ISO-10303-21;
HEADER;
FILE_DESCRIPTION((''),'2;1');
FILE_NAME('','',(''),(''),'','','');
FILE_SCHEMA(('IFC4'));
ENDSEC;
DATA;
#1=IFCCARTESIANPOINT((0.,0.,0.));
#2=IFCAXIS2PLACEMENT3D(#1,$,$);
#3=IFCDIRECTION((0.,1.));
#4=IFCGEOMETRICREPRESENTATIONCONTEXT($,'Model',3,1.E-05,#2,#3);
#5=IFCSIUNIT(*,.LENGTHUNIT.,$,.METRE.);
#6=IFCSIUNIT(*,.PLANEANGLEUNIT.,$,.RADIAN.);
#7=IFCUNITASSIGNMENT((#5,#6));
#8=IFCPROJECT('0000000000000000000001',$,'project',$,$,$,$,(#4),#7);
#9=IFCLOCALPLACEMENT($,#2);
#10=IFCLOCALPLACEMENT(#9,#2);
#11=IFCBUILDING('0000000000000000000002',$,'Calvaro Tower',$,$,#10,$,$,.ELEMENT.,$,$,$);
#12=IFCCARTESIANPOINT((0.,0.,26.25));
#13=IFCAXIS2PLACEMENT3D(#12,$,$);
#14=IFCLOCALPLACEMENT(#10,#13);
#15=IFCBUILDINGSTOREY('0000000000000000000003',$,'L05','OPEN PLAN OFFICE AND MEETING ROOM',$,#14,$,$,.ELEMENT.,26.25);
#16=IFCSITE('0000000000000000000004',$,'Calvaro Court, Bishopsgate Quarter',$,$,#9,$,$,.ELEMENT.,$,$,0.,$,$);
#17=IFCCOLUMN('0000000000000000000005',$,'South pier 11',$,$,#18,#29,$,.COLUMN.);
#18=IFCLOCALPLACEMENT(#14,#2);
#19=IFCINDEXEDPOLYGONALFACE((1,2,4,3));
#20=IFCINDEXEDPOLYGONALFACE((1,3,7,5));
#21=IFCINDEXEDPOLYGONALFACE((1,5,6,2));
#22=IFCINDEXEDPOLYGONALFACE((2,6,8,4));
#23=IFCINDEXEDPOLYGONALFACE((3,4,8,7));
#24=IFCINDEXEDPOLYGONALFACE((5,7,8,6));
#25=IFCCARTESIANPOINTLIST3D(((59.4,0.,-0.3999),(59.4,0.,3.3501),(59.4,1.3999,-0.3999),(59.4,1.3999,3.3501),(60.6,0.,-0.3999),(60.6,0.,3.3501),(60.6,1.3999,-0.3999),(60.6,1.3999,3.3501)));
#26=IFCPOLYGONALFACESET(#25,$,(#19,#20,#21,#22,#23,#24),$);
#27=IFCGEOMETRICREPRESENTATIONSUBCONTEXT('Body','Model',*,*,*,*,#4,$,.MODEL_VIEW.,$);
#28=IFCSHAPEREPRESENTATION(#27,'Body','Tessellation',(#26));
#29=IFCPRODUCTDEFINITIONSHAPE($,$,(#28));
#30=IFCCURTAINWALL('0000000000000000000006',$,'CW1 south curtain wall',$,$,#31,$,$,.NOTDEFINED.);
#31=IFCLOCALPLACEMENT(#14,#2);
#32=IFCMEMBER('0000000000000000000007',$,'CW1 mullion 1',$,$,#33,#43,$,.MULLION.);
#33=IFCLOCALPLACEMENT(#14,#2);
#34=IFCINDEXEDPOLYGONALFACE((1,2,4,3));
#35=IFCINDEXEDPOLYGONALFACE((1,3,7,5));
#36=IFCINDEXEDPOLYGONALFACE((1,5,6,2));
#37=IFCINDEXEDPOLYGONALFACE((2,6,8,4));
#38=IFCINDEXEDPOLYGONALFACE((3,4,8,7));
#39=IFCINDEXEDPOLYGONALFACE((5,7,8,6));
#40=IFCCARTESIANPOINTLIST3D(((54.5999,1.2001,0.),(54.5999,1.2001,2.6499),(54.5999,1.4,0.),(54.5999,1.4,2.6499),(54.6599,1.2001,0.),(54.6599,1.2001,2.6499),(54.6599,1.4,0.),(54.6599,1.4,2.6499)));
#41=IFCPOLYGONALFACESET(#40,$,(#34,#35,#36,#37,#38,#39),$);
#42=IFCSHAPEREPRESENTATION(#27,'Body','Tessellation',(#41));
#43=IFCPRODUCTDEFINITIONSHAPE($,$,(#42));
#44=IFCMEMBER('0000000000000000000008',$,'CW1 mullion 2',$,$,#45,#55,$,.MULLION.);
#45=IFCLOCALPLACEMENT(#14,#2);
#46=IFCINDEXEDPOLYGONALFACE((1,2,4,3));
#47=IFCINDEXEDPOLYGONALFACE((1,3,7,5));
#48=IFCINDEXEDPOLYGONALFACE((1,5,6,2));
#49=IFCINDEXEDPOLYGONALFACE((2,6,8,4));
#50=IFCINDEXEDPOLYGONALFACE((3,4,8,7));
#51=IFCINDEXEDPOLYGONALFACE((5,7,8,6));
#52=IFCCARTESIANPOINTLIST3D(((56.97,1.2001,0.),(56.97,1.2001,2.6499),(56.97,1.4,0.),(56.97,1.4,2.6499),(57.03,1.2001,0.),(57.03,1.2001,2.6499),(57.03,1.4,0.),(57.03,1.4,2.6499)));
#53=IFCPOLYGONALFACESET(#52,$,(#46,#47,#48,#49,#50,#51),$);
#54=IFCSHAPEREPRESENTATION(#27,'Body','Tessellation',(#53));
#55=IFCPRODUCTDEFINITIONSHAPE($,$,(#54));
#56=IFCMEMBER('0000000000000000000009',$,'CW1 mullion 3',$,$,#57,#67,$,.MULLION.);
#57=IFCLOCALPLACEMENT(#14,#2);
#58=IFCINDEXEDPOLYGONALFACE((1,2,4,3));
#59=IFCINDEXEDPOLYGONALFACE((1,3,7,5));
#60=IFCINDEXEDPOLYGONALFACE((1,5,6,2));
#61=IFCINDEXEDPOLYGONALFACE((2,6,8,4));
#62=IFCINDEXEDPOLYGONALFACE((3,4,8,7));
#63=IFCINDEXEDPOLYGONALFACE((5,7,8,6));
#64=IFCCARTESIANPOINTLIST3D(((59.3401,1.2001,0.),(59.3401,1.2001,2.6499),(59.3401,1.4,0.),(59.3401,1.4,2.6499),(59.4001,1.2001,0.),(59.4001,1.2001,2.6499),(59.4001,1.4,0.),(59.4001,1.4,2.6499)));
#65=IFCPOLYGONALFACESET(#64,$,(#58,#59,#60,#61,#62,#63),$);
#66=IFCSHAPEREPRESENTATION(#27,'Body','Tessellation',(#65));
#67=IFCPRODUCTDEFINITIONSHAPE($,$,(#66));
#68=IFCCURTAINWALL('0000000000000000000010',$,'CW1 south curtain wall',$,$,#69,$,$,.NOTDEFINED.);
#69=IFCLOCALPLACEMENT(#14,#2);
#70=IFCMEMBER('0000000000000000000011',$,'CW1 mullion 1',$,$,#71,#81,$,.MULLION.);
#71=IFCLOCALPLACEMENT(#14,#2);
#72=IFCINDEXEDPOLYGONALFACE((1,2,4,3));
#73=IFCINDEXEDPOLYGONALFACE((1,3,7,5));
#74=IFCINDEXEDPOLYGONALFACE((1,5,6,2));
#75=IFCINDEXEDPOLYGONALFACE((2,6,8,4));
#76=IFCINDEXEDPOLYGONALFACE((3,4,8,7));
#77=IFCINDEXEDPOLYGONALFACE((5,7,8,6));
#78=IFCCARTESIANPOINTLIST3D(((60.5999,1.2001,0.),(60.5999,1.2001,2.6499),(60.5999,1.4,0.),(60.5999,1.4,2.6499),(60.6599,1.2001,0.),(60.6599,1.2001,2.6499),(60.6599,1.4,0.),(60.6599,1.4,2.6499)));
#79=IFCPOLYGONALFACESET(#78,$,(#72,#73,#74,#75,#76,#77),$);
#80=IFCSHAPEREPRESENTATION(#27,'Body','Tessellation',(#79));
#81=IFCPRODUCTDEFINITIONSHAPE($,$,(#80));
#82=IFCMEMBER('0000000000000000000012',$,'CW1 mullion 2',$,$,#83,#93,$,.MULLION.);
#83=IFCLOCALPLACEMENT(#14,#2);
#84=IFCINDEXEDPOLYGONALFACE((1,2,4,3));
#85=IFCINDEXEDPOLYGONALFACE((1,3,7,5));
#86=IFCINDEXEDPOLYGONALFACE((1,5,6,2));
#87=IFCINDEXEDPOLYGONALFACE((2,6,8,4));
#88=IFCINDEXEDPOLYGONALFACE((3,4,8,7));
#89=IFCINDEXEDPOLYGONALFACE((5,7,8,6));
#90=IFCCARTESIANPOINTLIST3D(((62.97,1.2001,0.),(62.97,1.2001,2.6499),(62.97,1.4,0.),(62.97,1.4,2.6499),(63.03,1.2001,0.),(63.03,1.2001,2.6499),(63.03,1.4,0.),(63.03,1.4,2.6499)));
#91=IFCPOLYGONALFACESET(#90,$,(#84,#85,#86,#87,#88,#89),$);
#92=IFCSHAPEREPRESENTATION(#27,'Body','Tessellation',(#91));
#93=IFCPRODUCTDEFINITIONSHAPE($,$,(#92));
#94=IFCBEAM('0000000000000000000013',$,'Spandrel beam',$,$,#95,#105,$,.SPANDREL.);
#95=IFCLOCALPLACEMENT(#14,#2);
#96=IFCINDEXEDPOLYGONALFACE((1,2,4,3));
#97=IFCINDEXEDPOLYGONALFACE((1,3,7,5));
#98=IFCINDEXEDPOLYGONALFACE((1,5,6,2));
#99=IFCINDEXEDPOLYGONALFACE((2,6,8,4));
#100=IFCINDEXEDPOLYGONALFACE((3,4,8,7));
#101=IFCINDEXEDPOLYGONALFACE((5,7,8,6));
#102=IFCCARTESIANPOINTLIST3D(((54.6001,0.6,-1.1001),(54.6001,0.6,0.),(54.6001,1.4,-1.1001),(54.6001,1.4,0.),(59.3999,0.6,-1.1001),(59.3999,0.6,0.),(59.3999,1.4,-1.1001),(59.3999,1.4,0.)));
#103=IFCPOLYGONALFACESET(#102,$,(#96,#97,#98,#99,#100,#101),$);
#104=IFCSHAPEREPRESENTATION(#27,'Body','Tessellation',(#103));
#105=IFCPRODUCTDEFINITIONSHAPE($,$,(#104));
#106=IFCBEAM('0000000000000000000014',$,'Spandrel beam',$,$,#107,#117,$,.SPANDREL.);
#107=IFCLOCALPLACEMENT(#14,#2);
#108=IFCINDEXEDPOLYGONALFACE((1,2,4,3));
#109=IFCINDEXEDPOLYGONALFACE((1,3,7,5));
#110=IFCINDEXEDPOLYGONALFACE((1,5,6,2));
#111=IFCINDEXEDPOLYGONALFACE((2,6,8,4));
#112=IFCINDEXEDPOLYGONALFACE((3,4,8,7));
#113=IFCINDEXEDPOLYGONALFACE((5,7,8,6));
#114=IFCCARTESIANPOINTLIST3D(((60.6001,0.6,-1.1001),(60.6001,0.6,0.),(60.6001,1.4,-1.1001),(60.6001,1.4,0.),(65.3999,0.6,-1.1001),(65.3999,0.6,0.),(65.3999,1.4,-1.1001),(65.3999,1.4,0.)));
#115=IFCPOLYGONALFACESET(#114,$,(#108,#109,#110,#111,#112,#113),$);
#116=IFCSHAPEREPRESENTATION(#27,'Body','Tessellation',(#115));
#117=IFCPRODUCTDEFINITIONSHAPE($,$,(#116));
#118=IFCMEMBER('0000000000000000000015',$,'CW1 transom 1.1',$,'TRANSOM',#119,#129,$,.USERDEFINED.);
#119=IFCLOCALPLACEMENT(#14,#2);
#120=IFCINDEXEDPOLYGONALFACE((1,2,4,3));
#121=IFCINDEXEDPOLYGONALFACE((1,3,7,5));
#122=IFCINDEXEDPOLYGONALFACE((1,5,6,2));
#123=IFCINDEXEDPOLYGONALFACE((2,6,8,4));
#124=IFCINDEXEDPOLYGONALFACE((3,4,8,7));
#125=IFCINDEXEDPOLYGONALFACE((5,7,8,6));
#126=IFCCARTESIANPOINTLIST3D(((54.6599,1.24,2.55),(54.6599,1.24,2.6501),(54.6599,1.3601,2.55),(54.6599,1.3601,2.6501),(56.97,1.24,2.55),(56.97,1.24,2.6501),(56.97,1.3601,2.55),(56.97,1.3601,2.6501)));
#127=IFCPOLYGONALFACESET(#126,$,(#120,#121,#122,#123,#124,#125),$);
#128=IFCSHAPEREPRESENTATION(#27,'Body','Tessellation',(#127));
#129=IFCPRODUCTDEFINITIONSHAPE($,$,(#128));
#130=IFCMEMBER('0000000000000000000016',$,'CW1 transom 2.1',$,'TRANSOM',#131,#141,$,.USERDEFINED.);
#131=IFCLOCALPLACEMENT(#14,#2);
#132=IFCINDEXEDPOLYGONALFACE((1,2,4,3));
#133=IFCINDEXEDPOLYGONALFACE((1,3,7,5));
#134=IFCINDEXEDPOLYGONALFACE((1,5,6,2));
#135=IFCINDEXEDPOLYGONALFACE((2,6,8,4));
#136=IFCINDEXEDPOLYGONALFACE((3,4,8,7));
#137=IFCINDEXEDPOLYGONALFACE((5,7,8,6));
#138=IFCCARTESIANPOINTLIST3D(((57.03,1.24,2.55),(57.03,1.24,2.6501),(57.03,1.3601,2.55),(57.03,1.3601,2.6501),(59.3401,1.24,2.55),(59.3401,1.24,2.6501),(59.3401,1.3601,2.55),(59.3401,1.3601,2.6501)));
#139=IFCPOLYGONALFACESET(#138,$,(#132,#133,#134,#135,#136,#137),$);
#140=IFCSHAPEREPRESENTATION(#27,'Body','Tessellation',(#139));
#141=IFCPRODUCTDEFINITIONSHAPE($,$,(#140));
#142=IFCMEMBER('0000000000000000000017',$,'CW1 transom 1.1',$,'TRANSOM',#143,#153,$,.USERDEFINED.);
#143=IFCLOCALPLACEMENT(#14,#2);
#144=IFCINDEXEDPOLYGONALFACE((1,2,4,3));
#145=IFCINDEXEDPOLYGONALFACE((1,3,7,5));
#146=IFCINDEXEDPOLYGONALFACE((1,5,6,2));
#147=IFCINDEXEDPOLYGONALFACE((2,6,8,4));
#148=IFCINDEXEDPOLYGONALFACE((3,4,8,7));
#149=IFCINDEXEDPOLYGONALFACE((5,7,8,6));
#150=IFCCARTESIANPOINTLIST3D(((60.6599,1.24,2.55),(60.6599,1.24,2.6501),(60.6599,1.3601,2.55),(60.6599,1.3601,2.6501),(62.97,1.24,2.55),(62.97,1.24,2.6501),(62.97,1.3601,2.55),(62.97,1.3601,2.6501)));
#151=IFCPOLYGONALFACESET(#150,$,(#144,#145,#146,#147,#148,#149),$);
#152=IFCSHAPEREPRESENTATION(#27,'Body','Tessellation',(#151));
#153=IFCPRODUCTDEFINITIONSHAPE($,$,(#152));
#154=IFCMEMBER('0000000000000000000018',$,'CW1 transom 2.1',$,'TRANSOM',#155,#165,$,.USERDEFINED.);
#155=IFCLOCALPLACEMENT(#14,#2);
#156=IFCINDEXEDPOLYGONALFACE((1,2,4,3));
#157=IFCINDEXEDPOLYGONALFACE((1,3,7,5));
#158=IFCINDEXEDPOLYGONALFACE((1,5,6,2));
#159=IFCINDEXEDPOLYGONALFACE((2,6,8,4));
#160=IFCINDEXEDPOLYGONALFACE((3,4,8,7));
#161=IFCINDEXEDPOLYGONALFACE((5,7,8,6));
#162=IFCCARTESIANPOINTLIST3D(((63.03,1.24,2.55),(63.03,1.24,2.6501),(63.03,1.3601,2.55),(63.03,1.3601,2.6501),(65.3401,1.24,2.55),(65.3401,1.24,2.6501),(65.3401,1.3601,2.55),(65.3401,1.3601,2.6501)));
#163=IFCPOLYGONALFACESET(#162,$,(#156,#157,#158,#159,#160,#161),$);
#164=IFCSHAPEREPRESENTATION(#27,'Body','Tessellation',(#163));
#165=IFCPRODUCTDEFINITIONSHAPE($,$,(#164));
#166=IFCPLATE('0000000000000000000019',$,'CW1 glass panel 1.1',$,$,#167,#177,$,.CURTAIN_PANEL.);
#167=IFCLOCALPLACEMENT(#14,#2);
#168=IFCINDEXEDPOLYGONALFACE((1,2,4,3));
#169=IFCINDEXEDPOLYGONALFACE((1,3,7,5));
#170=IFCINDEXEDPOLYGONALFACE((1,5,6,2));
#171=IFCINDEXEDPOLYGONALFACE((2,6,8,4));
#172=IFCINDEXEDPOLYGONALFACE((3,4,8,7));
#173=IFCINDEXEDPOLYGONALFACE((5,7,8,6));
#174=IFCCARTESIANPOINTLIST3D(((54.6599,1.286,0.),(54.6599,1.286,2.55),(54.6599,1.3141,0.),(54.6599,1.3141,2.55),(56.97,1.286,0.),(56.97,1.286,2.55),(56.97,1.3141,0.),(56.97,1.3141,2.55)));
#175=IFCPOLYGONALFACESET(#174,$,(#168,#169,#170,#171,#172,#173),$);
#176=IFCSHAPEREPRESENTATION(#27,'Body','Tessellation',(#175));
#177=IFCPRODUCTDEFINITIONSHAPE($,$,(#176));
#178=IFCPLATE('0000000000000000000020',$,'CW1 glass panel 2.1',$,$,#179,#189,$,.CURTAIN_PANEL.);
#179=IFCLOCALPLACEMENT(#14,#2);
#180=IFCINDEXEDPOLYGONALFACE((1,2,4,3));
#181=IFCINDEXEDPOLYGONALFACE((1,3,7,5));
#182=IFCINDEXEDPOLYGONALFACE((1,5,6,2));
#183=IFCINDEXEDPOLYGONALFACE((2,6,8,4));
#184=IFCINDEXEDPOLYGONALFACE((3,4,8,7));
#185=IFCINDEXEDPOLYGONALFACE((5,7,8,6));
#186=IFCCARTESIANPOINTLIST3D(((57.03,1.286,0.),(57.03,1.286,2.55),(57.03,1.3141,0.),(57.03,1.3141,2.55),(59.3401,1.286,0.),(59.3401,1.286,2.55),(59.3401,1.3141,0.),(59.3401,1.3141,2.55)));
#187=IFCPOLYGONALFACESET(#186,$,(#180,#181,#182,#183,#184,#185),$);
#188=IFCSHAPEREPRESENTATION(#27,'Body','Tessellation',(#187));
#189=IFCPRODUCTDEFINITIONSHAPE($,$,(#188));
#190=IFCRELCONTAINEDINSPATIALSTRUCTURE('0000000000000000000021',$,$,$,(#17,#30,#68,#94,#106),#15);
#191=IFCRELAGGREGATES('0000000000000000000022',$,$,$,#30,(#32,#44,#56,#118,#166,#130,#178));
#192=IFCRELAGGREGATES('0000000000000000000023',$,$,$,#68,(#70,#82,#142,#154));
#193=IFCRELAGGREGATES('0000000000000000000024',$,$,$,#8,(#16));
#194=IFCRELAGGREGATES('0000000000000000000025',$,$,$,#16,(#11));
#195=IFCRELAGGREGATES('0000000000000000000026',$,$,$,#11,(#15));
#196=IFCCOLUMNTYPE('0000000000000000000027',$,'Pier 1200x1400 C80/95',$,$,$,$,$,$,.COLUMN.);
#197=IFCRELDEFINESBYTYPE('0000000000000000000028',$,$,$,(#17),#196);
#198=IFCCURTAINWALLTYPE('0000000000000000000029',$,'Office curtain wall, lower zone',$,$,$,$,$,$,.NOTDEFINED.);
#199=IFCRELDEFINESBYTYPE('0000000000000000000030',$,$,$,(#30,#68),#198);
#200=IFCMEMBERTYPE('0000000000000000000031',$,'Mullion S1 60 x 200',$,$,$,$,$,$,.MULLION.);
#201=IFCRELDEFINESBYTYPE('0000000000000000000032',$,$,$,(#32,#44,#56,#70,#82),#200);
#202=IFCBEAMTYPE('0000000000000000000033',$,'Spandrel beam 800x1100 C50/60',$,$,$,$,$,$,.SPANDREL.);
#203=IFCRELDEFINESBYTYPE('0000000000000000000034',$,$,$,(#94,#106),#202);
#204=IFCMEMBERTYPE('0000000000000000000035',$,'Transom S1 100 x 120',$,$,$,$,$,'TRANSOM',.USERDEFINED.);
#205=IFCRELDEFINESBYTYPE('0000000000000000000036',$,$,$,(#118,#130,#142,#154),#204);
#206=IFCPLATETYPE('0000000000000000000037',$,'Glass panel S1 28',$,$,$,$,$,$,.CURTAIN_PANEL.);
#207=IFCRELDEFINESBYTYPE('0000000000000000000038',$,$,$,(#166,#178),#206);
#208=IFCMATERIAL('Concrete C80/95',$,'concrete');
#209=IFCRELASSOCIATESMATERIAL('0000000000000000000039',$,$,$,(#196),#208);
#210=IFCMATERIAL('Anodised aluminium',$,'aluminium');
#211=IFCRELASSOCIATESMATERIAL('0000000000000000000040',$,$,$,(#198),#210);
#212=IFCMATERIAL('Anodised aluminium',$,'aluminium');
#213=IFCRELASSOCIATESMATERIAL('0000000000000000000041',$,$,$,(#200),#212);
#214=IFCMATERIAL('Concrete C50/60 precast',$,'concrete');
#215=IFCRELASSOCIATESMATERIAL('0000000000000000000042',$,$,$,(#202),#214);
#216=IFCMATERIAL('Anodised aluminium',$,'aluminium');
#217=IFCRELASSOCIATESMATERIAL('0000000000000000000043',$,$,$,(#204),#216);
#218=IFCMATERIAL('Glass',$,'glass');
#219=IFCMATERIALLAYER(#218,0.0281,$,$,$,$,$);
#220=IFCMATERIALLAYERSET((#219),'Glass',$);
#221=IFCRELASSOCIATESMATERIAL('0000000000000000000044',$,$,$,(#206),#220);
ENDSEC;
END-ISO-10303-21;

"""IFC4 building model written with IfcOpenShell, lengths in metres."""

from ifc_helpers import new_model, si_unit, direction, frame, origin, origin_2d, place, context, subcontext, project, spatial, rectangle, extrude, material, layer, layer_set, material_profile, profile_set, type_object, element, aggregate, save


model = new_model("IFC4")

# Units and contexts
model_context = context("Model", 3, precision=1e-05, world=origin(), true_north=direction((0.0, 1.0)))
body_context = subcontext(model_context, "Body", "Model", "MODEL_VIEW")
ifc_project = project(units=[si_unit("LENGTHUNIT", "METRE"), si_unit("PLANEANGLEUNIT", "RADIAN")], contexts=[model_context])

# Site, building, storey
site_placement = place(None, origin())
site = spatial("IfcSite", under=ifc_project, at=site_placement, Name="Calvaro Court, Bishopsgate Quarter", CompositionType="ELEMENT", RefElevation=0.0)
building_placement = place(site_placement, origin())
building = spatial("IfcBuilding", under=site, at=building_placement, Name="Calvaro Tower", CompositionType="ELEMENT")
storey_placement = place(building_placement, frame((0.0, 0.0, 26.25)))
storey = spatial("IfcBuildingStorey", under=building, at=storey_placement, Name="L05", Description="OPEN PLAN OFFICE AND MEETING ROOM", CompositionType="ELEMENT", Elevation=26.25)

# Column
ifc_material_1 = material(Name="Concrete C80/95", Category="concrete")
ifc_material_profile_1 = material_profile(ifc_material_1, rectangle(XDim=1.2, YDim=1.3999, at=origin_2d()), Name="RC 1200x1400")
ifc_profile_set_1 = profile_set([ifc_material_profile_1], Name="Concrete C80/95")
column_type = type_object("IfcColumnType", Name="Pier 1200x1400 C80/95", PredefinedType="COLUMN", material=ifc_profile_set_1)
column_placement = place(storey_placement, frame((60.0, 0.7, -0.3999), z_axis=(0.0, 0.0, 1.0), x_axis=(1.0, 0.0, 0.0)))
element("IfcColumn", 1, at=column_placement, inside=storey, type_object=column_type, Name="South pier 11", PredefinedType="COLUMN", context=body_context, shape_type="SweptSolid", body=[
    extrude(rectangle(XDim=1.2, YDim=1.3999, at=origin_2d()), origin(), (0.0, 0.0, 1.0), 3.75),
])

# Curtain walls, members
ifc_material_2 = material(Name="Anodised aluminium", Category="aluminium")
curtain_wall_type = type_object("IfcCurtainWallType", Name="Office curtain wall, lower zone", PredefinedType="NOTDEFINED", material=ifc_material_2)
curtain_wall_1_placement = place(storey_placement, origin())
curtain_wall_1 = element("IfcCurtainWall", 2, at=curtain_wall_1_placement, inside=storey, type_object=curtain_wall_type, Name="CW1 south curtain wall", PredefinedType="NOTDEFINED")
ifc_material_3 = material(Name="Anodised aluminium", Category="aluminium")
ifc_material_profile_2 = material_profile(ifc_material_3, rectangle(XDim=0.2, YDim=0.0601, at=origin_2d()), Name="Mullion S1 60 x 200")
ifc_profile_set_2 = profile_set([ifc_material_profile_2], Name="Anodised aluminium")
member_type_1 = type_object("IfcMemberType", Name="Mullion S1 60 x 200", PredefinedType="MULLION", material=ifc_profile_set_2)
member_1_placement = place(storey_placement, frame((54.6299, 1.3, 0.0), z_axis=(0.0, 0.0, 1.0), x_axis=(0.0, 1.0, 0.0)))
member_1 = element("IfcMember", 3, at=member_1_placement, type_object=member_type_1, Name="CW1 mullion 1", PredefinedType="MULLION", context=body_context, shape_type="SweptSolid", body=[
    extrude(rectangle(XDim=0.2, YDim=0.0601, at=origin_2d()), origin(), (0.0, 0.0, 1.0), 2.6499),
])
member_2_placement = place(storey_placement, frame((57.0, 1.3, 0.0), z_axis=(0.0, 0.0, 1.0), x_axis=(0.0, 1.0, 0.0)))
member_2 = element("IfcMember", 4, at=member_2_placement, type_object=member_type_1, Name="CW1 mullion 2", PredefinedType="MULLION", context=body_context, shape_type="SweptSolid", body=[
    extrude(rectangle(XDim=0.2, YDim=0.0601, at=origin_2d()), origin(), (0.0, 0.0, 1.0), 2.6499),
])
member_3_placement = place(storey_placement, frame((59.3701, 1.3, 0.0), z_axis=(0.0, 0.0, 1.0), x_axis=(0.0, 1.0, 0.0)))
member_3 = element("IfcMember", 5, at=member_3_placement, type_object=member_type_1, Name="CW1 mullion 3", PredefinedType="MULLION", context=body_context, shape_type="SweptSolid", body=[
    extrude(rectangle(XDim=0.2, YDim=0.0601, at=origin_2d()), origin(), (0.0, 0.0, 1.0), 2.6499),
])
curtain_wall_2_placement = place(storey_placement, origin())
curtain_wall_2 = element("IfcCurtainWall", 6, at=curtain_wall_2_placement, inside=storey, type_object=curtain_wall_type, Name="CW1 south curtain wall", PredefinedType="NOTDEFINED")
member_4_placement = place(storey_placement, frame((60.6299, 1.3, 0.0), z_axis=(0.0, 0.0, 1.0), x_axis=(0.0, 1.0, 0.0)))
member_4 = element("IfcMember", 7, at=member_4_placement, type_object=member_type_1, Name="CW1 mullion 1", PredefinedType="MULLION", context=body_context, shape_type="SweptSolid", body=[
    extrude(rectangle(XDim=0.2, YDim=0.0601, at=origin_2d()), origin(), (0.0, 0.0, 1.0), 2.6499),
])
member_5_placement = place(storey_placement, frame((63.0, 1.3, 0.0), z_axis=(0.0, 0.0, 1.0), x_axis=(0.0, 1.0, 0.0)))
member_5 = element("IfcMember", 8, at=member_5_placement, type_object=member_type_1, Name="CW1 mullion 2", PredefinedType="MULLION", context=body_context, shape_type="SweptSolid", body=[
    extrude(rectangle(XDim=0.2, YDim=0.0601, at=origin_2d()), origin(), (0.0, 0.0, 1.0), 2.6499),
])

# Beams
ifc_material_4 = material(Name="Concrete C50/60 precast", Category="concrete")
ifc_material_profile_3 = material_profile(ifc_material_4, rectangle(XDim=0.8, YDim=1.1001, at=origin_2d()), Name="RC 800x1100")
ifc_profile_set_3 = profile_set([ifc_material_profile_3], Name="Concrete C50/60 precast")
beam_type = type_object("IfcBeamType", Name="Spandrel beam 800x1100 C50/60", PredefinedType="SPANDREL", material=ifc_profile_set_3)
for number, where, z_axis, x_axis, name in (
    (9, (54.6001, 1.0, -0.55), (1.0, 0.0, 0.0), (0.0, 1.0, 0.0), "Spandrel beam"),
    (10, (60.6001, 1.0, -0.55), (1.0, 0.0, 0.0), (0.0, 1.0, 0.0), "Spandrel beam"),
):
    element("IfcBeam", number, at=place(storey_placement, frame(where, z_axis=z_axis, x_axis=x_axis)), inside=storey, type_object=beam_type, Name=name, PredefinedType="SPANDREL", context=body_context, shape_type="SweptSolid", body=[
        extrude(rectangle(XDim=0.8, YDim=1.1001, at=origin_2d()), origin(), (0.0, 0.0, 1.0), 4.7998),
    ])

# Members
ifc_material_5 = material(Name="Anodised aluminium", Category="aluminium")
ifc_material_profile_4 = material_profile(ifc_material_5, rectangle(XDim=0.1201, YDim=0.1001, at=origin_2d()), Name="Transom S1 100 x 120")
ifc_profile_set_4 = profile_set([ifc_material_profile_4], Name="Anodised aluminium")
member_type_2 = type_object("IfcMemberType", Name="Transom S1 100 x 120", ElementType="TRANSOM", PredefinedType="USERDEFINED", material=ifc_profile_set_4)
member_6_placement = place(storey_placement, frame((54.6599, 1.3, 2.6001), z_axis=(1.0, 0.0, 0.0), x_axis=(0.0, 1.0, 0.0)))
member_6 = element("IfcMember", 11, at=member_6_placement, type_object=member_type_2, Name="CW1 transom 1.1", ObjectType="TRANSOM", PredefinedType="USERDEFINED", context=body_context, shape_type="SweptSolid", body=[
    extrude(rectangle(XDim=0.1201, YDim=0.1001, at=origin_2d()), origin(), (0.0, 0.0, 1.0), 2.3101),
])
member_7_placement = place(storey_placement, frame((57.03, 1.3, 2.6001), z_axis=(1.0, 0.0, 0.0), x_axis=(0.0, 1.0, 0.0)))
member_7 = element("IfcMember", 12, at=member_7_placement, type_object=member_type_2, Name="CW1 transom 2.1", ObjectType="TRANSOM", PredefinedType="USERDEFINED", context=body_context, shape_type="SweptSolid", body=[
    extrude(rectangle(XDim=0.1201, YDim=0.1001, at=origin_2d()), origin(), (0.0, 0.0, 1.0), 2.3101),
])
member_8_placement = place(storey_placement, frame((60.6599, 1.3, 2.6001), z_axis=(1.0, 0.0, 0.0), x_axis=(0.0, 1.0, 0.0)))
member_8 = element("IfcMember", 13, at=member_8_placement, type_object=member_type_2, Name="CW1 transom 1.1", ObjectType="TRANSOM", PredefinedType="USERDEFINED", context=body_context, shape_type="SweptSolid", body=[
    extrude(rectangle(XDim=0.1201, YDim=0.1001, at=origin_2d()), origin(), (0.0, 0.0, 1.0), 2.3101),
])
member_9_placement = place(storey_placement, frame((63.03, 1.3, 2.6001), z_axis=(1.0, 0.0, 0.0), x_axis=(0.0, 1.0, 0.0)))
member_9 = element("IfcMember", 14, at=member_9_placement, type_object=member_type_2, Name="CW1 transom 2.1", ObjectType="TRANSOM", PredefinedType="USERDEFINED", context=body_context, shape_type="SweptSolid", body=[
    extrude(rectangle(XDim=0.1201, YDim=0.1001, at=origin_2d()), origin(), (0.0, 0.0, 1.0), 2.3101),
])

# Plates
ifc_material_6 = material(Name="Glass", Category="glass")
ifc_layer_1 = layer(ifc_material_6, 0.0281)
ifc_layer_set_1 = layer_set([ifc_layer_1], Name="Glass")
plate_type = type_object("IfcPlateType", Name="Glass panel S1 28", PredefinedType="CURTAIN_PANEL", material=ifc_layer_set_1)
plate_1_placement = place(storey_placement, frame((55.8149, 1.3, 0.0), z_axis=(0.0, 0.0, 1.0), x_axis=(1.0, 0.0, 0.0)))
plate_1 = element("IfcPlate", 15, at=plate_1_placement, type_object=plate_type, Name="CW1 glass panel 1.1", PredefinedType="CURTAIN_PANEL", context=body_context, shape_type="SweptSolid", body=[
    extrude(rectangle(XDim=2.3101, YDim=0.0281, at=origin_2d()), origin(), (0.0, 0.0, 1.0), 2.55),
])
plate_2_placement = place(storey_placement, frame((58.1851, 1.3, 0.0), z_axis=(0.0, 0.0, 1.0), x_axis=(1.0, 0.0, 0.0)))
plate_2 = element("IfcPlate", 16, at=plate_2_placement, type_object=plate_type, Name="CW1 glass panel 2.1", PredefinedType="CURTAIN_PANEL", context=body_context, shape_type="SweptSolid", body=[
    extrude(rectangle(XDim=2.3101, YDim=0.0281, at=origin_2d()), origin(), (0.0, 0.0, 1.0), 2.55),
])
aggregate(curtain_wall_1, [member_1, member_2, member_3, member_6, plate_1, member_7, plate_2])
aggregate(curtain_wall_2, [member_4, member_5, member_8, member_9])

save(model, "model.ifc")
